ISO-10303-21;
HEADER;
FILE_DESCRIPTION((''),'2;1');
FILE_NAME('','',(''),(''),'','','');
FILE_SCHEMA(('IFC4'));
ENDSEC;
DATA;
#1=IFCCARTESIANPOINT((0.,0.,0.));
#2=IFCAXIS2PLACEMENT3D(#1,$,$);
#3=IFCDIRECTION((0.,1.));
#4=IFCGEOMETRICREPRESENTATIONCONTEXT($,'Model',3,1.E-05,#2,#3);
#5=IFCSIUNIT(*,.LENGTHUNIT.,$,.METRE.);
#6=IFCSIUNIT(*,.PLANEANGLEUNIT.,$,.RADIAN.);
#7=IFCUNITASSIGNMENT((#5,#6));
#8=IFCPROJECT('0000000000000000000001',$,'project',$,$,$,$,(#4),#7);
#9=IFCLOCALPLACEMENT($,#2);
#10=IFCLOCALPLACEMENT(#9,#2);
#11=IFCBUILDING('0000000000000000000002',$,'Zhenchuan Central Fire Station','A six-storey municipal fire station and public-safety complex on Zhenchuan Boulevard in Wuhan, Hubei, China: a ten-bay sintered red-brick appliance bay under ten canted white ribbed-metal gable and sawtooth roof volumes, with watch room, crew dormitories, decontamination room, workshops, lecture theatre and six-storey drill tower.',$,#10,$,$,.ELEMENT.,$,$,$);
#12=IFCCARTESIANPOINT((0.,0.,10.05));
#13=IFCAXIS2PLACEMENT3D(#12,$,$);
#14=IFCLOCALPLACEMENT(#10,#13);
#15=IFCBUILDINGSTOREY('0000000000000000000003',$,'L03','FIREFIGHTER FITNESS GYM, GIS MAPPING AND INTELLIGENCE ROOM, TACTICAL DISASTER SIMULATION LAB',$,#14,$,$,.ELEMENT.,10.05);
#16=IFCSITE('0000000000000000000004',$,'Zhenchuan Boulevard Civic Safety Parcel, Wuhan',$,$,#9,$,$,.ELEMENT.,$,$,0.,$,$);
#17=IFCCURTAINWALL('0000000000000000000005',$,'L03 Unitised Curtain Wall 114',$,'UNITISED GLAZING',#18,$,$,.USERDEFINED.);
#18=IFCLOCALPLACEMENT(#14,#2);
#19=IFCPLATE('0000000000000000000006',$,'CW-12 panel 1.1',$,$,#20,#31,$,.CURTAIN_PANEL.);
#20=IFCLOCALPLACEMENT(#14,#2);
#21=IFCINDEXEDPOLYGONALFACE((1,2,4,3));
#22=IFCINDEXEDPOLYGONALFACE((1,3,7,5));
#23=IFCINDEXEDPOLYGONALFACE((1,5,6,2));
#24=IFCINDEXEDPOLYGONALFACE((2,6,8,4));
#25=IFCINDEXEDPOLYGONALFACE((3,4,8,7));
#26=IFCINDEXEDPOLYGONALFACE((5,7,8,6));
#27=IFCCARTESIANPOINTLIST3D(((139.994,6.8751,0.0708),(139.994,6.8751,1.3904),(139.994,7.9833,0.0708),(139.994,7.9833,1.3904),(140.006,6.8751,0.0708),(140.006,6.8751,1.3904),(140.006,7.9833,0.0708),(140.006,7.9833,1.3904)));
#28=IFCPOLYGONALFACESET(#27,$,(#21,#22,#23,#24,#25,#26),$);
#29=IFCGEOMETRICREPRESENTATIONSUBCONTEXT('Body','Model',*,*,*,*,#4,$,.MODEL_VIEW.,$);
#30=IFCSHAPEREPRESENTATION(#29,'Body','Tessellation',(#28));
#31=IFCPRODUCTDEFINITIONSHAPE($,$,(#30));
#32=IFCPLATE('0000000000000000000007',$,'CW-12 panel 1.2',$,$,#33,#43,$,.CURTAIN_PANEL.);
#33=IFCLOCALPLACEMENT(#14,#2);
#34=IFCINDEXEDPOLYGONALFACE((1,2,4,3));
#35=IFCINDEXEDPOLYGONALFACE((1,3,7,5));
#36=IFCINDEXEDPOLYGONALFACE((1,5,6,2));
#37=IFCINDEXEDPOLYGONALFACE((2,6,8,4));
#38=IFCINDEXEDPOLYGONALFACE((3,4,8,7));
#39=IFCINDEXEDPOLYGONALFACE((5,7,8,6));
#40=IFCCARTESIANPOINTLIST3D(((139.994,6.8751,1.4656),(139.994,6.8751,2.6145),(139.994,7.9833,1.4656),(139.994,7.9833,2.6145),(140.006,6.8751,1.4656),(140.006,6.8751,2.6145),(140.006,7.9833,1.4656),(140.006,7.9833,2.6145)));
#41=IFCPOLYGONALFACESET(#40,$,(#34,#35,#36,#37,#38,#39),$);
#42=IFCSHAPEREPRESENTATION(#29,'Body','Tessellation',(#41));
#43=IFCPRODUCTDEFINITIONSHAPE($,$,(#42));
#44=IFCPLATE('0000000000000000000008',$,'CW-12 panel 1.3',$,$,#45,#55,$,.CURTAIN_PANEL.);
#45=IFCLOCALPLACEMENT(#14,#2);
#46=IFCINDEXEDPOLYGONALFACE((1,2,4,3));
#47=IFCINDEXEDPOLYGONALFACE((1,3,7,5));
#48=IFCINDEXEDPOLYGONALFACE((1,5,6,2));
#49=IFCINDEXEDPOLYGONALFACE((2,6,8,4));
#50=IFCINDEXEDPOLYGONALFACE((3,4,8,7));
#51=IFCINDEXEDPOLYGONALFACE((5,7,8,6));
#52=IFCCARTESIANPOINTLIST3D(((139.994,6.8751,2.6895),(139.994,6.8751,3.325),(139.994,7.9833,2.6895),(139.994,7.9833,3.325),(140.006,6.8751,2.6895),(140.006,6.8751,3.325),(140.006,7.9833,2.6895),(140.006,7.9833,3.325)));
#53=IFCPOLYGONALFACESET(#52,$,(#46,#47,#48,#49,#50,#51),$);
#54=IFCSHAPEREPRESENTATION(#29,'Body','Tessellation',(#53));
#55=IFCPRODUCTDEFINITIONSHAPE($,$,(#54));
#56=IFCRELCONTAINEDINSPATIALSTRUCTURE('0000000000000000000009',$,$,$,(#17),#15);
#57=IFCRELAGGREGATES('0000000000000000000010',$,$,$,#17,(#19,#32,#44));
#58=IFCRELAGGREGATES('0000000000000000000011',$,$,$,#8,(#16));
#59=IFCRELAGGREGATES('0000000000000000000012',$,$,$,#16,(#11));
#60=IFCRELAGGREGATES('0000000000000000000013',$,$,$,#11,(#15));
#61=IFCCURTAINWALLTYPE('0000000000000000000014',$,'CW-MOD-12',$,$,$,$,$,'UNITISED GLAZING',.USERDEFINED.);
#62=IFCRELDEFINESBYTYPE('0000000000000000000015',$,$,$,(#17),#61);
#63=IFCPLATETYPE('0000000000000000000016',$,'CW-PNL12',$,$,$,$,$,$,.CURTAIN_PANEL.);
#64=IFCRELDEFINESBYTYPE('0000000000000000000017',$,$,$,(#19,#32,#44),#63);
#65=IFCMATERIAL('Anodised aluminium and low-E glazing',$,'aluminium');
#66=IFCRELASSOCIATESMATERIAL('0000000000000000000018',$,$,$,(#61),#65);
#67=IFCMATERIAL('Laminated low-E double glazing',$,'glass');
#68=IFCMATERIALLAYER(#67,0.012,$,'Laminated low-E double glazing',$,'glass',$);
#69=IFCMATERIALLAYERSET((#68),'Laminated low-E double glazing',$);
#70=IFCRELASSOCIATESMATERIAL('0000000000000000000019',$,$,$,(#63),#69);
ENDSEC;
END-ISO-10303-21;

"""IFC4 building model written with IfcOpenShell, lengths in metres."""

from ifc_helpers import new_model, si_unit, direction, frame, origin, origin_2d, place, context, subcontext, project, spatial, rectangle, extrude, material, layer, layer_set, type_object, element, aggregate, save


model = new_model("IFC4")

# Units and contexts
model_context = context("Model", 3, precision=1e-05, world=origin(), true_north=direction((0.0, 1.0)))
body_context = subcontext(model_context, "Body", "Model", "MODEL_VIEW")
ifc_project = project(units=[si_unit("LENGTHUNIT", "METRE"), si_unit("PLANEANGLEUNIT", "RADIAN")], contexts=[model_context])

# Site, building, storey
site_placement = place(None, origin())
site = spatial("IfcSite", under=ifc_project, at=site_placement, Name="Zhenchuan Boulevard Civic Safety Parcel, Wuhan", CompositionType="ELEMENT", RefElevation=0.0)
building_placement = place(site_placement, origin())
building = spatial("IfcBuilding", under=site, at=building_placement, Name="Zhenchuan Central Fire Station", Description="A six-storey municipal fire station and public-safety complex on Zhenchuan Boulevard in Wuhan, Hubei, China: a ten-bay sintered red-brick appliance bay under ten canted white ribbed-metal gable and sawtooth roof volumes, with watch room, crew dormitories, decontamination room, workshops, lecture theatre and six-storey drill tower.", CompositionType="ELEMENT")
storey_placement = place(building_placement, frame((0.0, 0.0, 10.05)))
storey = spatial("IfcBuildingStorey", under=building, at=storey_placement, Name="L03", Description="FIREFIGHTER FITNESS GYM, GIS MAPPING AND INTELLIGENCE ROOM, TACTICAL DISASTER SIMULATION LAB", CompositionType="ELEMENT", Elevation=10.05)

# Shared definitions
ifc_material_1 = material(Name="Anodised aluminium and low-E glazing", Category="aluminium")

# Curtain wall
curtain_wall_type_1 = type_object("IfcCurtainWallType", Name="CW-MOD-12", ElementType="UNITISED GLAZING", PredefinedType="USERDEFINED", material=ifc_material_1)
curtain_wall_1_placement = place(storey_placement, origin())
curtain_wall_1 = element("IfcCurtainWall", 1, at=curtain_wall_1_placement, inside=storey, type_object=curtain_wall_type_1, Name="L03 Unitised Curtain Wall 114", ObjectType="UNITISED GLAZING", PredefinedType="USERDEFINED")

# Plates
ifc_material_2 = material(Name="Laminated low-E double glazing", Category="glass")
ifc_layer = layer(ifc_material_2, 0.012, Name="Laminated low-E double glazing", Category="glass")
ifc_layer_set = layer_set([ifc_layer], Name="Laminated low-E double glazing")
plate_type = type_object("IfcPlateType", Name="CW-PNL12", PredefinedType="CURTAIN_PANEL", material=ifc_layer_set)
plate_1_placement = place(storey_placement, frame((140.0, 7.4292, 0.0708), z_axis=(0.0, 0.0, 1.0), x_axis=(0.0, 1.0, 0.0)))
plate_1 = element("IfcPlate", 2, at=plate_1_placement, type_object=plate_type, Name="CW-12 panel 1.1", PredefinedType="CURTAIN_PANEL", context=body_context, shape_type="SweptSolid", body=[
    extrude(rectangle(XDim=1.1082, YDim=0.012, at=origin_2d()), origin(), (0.0, 0.0, 1.0), 1.3196),
])
plate_2_placement = place(storey_placement, frame((140.0, 7.4292, 1.4656), z_axis=(0.0, 0.0, 1.0), x_axis=(0.0, 1.0, 0.0)))
plate_2 = element("IfcPlate", 3, at=plate_2_placement, type_object=plate_type, Name="CW-12 panel 1.2", PredefinedType="CURTAIN_PANEL", context=body_context, shape_type="SweptSolid", body=[
    extrude(rectangle(XDim=1.1082, YDim=0.012, at=origin_2d()), origin(), (0.0, 0.0, 1.0), 1.1489),
])
plate_3_placement = place(storey_placement, frame((140.0, 7.4292, 2.6895), z_axis=(0.0, 0.0, 1.0), x_axis=(0.0, 1.0, 0.0)))
plate_3 = element("IfcPlate", 4, at=plate_3_placement, type_object=plate_type, Name="CW-12 panel 1.3", PredefinedType="CURTAIN_PANEL", context=body_context, shape_type="SweptSolid", body=[
    extrude(rectangle(XDim=1.1082, YDim=0.012, at=origin_2d()), origin(), (0.0, 0.0, 1.0), 0.6355),
])
aggregate(curtain_wall_1, [plate_1, plate_2, plate_3])

save(model, "model.ifc")
